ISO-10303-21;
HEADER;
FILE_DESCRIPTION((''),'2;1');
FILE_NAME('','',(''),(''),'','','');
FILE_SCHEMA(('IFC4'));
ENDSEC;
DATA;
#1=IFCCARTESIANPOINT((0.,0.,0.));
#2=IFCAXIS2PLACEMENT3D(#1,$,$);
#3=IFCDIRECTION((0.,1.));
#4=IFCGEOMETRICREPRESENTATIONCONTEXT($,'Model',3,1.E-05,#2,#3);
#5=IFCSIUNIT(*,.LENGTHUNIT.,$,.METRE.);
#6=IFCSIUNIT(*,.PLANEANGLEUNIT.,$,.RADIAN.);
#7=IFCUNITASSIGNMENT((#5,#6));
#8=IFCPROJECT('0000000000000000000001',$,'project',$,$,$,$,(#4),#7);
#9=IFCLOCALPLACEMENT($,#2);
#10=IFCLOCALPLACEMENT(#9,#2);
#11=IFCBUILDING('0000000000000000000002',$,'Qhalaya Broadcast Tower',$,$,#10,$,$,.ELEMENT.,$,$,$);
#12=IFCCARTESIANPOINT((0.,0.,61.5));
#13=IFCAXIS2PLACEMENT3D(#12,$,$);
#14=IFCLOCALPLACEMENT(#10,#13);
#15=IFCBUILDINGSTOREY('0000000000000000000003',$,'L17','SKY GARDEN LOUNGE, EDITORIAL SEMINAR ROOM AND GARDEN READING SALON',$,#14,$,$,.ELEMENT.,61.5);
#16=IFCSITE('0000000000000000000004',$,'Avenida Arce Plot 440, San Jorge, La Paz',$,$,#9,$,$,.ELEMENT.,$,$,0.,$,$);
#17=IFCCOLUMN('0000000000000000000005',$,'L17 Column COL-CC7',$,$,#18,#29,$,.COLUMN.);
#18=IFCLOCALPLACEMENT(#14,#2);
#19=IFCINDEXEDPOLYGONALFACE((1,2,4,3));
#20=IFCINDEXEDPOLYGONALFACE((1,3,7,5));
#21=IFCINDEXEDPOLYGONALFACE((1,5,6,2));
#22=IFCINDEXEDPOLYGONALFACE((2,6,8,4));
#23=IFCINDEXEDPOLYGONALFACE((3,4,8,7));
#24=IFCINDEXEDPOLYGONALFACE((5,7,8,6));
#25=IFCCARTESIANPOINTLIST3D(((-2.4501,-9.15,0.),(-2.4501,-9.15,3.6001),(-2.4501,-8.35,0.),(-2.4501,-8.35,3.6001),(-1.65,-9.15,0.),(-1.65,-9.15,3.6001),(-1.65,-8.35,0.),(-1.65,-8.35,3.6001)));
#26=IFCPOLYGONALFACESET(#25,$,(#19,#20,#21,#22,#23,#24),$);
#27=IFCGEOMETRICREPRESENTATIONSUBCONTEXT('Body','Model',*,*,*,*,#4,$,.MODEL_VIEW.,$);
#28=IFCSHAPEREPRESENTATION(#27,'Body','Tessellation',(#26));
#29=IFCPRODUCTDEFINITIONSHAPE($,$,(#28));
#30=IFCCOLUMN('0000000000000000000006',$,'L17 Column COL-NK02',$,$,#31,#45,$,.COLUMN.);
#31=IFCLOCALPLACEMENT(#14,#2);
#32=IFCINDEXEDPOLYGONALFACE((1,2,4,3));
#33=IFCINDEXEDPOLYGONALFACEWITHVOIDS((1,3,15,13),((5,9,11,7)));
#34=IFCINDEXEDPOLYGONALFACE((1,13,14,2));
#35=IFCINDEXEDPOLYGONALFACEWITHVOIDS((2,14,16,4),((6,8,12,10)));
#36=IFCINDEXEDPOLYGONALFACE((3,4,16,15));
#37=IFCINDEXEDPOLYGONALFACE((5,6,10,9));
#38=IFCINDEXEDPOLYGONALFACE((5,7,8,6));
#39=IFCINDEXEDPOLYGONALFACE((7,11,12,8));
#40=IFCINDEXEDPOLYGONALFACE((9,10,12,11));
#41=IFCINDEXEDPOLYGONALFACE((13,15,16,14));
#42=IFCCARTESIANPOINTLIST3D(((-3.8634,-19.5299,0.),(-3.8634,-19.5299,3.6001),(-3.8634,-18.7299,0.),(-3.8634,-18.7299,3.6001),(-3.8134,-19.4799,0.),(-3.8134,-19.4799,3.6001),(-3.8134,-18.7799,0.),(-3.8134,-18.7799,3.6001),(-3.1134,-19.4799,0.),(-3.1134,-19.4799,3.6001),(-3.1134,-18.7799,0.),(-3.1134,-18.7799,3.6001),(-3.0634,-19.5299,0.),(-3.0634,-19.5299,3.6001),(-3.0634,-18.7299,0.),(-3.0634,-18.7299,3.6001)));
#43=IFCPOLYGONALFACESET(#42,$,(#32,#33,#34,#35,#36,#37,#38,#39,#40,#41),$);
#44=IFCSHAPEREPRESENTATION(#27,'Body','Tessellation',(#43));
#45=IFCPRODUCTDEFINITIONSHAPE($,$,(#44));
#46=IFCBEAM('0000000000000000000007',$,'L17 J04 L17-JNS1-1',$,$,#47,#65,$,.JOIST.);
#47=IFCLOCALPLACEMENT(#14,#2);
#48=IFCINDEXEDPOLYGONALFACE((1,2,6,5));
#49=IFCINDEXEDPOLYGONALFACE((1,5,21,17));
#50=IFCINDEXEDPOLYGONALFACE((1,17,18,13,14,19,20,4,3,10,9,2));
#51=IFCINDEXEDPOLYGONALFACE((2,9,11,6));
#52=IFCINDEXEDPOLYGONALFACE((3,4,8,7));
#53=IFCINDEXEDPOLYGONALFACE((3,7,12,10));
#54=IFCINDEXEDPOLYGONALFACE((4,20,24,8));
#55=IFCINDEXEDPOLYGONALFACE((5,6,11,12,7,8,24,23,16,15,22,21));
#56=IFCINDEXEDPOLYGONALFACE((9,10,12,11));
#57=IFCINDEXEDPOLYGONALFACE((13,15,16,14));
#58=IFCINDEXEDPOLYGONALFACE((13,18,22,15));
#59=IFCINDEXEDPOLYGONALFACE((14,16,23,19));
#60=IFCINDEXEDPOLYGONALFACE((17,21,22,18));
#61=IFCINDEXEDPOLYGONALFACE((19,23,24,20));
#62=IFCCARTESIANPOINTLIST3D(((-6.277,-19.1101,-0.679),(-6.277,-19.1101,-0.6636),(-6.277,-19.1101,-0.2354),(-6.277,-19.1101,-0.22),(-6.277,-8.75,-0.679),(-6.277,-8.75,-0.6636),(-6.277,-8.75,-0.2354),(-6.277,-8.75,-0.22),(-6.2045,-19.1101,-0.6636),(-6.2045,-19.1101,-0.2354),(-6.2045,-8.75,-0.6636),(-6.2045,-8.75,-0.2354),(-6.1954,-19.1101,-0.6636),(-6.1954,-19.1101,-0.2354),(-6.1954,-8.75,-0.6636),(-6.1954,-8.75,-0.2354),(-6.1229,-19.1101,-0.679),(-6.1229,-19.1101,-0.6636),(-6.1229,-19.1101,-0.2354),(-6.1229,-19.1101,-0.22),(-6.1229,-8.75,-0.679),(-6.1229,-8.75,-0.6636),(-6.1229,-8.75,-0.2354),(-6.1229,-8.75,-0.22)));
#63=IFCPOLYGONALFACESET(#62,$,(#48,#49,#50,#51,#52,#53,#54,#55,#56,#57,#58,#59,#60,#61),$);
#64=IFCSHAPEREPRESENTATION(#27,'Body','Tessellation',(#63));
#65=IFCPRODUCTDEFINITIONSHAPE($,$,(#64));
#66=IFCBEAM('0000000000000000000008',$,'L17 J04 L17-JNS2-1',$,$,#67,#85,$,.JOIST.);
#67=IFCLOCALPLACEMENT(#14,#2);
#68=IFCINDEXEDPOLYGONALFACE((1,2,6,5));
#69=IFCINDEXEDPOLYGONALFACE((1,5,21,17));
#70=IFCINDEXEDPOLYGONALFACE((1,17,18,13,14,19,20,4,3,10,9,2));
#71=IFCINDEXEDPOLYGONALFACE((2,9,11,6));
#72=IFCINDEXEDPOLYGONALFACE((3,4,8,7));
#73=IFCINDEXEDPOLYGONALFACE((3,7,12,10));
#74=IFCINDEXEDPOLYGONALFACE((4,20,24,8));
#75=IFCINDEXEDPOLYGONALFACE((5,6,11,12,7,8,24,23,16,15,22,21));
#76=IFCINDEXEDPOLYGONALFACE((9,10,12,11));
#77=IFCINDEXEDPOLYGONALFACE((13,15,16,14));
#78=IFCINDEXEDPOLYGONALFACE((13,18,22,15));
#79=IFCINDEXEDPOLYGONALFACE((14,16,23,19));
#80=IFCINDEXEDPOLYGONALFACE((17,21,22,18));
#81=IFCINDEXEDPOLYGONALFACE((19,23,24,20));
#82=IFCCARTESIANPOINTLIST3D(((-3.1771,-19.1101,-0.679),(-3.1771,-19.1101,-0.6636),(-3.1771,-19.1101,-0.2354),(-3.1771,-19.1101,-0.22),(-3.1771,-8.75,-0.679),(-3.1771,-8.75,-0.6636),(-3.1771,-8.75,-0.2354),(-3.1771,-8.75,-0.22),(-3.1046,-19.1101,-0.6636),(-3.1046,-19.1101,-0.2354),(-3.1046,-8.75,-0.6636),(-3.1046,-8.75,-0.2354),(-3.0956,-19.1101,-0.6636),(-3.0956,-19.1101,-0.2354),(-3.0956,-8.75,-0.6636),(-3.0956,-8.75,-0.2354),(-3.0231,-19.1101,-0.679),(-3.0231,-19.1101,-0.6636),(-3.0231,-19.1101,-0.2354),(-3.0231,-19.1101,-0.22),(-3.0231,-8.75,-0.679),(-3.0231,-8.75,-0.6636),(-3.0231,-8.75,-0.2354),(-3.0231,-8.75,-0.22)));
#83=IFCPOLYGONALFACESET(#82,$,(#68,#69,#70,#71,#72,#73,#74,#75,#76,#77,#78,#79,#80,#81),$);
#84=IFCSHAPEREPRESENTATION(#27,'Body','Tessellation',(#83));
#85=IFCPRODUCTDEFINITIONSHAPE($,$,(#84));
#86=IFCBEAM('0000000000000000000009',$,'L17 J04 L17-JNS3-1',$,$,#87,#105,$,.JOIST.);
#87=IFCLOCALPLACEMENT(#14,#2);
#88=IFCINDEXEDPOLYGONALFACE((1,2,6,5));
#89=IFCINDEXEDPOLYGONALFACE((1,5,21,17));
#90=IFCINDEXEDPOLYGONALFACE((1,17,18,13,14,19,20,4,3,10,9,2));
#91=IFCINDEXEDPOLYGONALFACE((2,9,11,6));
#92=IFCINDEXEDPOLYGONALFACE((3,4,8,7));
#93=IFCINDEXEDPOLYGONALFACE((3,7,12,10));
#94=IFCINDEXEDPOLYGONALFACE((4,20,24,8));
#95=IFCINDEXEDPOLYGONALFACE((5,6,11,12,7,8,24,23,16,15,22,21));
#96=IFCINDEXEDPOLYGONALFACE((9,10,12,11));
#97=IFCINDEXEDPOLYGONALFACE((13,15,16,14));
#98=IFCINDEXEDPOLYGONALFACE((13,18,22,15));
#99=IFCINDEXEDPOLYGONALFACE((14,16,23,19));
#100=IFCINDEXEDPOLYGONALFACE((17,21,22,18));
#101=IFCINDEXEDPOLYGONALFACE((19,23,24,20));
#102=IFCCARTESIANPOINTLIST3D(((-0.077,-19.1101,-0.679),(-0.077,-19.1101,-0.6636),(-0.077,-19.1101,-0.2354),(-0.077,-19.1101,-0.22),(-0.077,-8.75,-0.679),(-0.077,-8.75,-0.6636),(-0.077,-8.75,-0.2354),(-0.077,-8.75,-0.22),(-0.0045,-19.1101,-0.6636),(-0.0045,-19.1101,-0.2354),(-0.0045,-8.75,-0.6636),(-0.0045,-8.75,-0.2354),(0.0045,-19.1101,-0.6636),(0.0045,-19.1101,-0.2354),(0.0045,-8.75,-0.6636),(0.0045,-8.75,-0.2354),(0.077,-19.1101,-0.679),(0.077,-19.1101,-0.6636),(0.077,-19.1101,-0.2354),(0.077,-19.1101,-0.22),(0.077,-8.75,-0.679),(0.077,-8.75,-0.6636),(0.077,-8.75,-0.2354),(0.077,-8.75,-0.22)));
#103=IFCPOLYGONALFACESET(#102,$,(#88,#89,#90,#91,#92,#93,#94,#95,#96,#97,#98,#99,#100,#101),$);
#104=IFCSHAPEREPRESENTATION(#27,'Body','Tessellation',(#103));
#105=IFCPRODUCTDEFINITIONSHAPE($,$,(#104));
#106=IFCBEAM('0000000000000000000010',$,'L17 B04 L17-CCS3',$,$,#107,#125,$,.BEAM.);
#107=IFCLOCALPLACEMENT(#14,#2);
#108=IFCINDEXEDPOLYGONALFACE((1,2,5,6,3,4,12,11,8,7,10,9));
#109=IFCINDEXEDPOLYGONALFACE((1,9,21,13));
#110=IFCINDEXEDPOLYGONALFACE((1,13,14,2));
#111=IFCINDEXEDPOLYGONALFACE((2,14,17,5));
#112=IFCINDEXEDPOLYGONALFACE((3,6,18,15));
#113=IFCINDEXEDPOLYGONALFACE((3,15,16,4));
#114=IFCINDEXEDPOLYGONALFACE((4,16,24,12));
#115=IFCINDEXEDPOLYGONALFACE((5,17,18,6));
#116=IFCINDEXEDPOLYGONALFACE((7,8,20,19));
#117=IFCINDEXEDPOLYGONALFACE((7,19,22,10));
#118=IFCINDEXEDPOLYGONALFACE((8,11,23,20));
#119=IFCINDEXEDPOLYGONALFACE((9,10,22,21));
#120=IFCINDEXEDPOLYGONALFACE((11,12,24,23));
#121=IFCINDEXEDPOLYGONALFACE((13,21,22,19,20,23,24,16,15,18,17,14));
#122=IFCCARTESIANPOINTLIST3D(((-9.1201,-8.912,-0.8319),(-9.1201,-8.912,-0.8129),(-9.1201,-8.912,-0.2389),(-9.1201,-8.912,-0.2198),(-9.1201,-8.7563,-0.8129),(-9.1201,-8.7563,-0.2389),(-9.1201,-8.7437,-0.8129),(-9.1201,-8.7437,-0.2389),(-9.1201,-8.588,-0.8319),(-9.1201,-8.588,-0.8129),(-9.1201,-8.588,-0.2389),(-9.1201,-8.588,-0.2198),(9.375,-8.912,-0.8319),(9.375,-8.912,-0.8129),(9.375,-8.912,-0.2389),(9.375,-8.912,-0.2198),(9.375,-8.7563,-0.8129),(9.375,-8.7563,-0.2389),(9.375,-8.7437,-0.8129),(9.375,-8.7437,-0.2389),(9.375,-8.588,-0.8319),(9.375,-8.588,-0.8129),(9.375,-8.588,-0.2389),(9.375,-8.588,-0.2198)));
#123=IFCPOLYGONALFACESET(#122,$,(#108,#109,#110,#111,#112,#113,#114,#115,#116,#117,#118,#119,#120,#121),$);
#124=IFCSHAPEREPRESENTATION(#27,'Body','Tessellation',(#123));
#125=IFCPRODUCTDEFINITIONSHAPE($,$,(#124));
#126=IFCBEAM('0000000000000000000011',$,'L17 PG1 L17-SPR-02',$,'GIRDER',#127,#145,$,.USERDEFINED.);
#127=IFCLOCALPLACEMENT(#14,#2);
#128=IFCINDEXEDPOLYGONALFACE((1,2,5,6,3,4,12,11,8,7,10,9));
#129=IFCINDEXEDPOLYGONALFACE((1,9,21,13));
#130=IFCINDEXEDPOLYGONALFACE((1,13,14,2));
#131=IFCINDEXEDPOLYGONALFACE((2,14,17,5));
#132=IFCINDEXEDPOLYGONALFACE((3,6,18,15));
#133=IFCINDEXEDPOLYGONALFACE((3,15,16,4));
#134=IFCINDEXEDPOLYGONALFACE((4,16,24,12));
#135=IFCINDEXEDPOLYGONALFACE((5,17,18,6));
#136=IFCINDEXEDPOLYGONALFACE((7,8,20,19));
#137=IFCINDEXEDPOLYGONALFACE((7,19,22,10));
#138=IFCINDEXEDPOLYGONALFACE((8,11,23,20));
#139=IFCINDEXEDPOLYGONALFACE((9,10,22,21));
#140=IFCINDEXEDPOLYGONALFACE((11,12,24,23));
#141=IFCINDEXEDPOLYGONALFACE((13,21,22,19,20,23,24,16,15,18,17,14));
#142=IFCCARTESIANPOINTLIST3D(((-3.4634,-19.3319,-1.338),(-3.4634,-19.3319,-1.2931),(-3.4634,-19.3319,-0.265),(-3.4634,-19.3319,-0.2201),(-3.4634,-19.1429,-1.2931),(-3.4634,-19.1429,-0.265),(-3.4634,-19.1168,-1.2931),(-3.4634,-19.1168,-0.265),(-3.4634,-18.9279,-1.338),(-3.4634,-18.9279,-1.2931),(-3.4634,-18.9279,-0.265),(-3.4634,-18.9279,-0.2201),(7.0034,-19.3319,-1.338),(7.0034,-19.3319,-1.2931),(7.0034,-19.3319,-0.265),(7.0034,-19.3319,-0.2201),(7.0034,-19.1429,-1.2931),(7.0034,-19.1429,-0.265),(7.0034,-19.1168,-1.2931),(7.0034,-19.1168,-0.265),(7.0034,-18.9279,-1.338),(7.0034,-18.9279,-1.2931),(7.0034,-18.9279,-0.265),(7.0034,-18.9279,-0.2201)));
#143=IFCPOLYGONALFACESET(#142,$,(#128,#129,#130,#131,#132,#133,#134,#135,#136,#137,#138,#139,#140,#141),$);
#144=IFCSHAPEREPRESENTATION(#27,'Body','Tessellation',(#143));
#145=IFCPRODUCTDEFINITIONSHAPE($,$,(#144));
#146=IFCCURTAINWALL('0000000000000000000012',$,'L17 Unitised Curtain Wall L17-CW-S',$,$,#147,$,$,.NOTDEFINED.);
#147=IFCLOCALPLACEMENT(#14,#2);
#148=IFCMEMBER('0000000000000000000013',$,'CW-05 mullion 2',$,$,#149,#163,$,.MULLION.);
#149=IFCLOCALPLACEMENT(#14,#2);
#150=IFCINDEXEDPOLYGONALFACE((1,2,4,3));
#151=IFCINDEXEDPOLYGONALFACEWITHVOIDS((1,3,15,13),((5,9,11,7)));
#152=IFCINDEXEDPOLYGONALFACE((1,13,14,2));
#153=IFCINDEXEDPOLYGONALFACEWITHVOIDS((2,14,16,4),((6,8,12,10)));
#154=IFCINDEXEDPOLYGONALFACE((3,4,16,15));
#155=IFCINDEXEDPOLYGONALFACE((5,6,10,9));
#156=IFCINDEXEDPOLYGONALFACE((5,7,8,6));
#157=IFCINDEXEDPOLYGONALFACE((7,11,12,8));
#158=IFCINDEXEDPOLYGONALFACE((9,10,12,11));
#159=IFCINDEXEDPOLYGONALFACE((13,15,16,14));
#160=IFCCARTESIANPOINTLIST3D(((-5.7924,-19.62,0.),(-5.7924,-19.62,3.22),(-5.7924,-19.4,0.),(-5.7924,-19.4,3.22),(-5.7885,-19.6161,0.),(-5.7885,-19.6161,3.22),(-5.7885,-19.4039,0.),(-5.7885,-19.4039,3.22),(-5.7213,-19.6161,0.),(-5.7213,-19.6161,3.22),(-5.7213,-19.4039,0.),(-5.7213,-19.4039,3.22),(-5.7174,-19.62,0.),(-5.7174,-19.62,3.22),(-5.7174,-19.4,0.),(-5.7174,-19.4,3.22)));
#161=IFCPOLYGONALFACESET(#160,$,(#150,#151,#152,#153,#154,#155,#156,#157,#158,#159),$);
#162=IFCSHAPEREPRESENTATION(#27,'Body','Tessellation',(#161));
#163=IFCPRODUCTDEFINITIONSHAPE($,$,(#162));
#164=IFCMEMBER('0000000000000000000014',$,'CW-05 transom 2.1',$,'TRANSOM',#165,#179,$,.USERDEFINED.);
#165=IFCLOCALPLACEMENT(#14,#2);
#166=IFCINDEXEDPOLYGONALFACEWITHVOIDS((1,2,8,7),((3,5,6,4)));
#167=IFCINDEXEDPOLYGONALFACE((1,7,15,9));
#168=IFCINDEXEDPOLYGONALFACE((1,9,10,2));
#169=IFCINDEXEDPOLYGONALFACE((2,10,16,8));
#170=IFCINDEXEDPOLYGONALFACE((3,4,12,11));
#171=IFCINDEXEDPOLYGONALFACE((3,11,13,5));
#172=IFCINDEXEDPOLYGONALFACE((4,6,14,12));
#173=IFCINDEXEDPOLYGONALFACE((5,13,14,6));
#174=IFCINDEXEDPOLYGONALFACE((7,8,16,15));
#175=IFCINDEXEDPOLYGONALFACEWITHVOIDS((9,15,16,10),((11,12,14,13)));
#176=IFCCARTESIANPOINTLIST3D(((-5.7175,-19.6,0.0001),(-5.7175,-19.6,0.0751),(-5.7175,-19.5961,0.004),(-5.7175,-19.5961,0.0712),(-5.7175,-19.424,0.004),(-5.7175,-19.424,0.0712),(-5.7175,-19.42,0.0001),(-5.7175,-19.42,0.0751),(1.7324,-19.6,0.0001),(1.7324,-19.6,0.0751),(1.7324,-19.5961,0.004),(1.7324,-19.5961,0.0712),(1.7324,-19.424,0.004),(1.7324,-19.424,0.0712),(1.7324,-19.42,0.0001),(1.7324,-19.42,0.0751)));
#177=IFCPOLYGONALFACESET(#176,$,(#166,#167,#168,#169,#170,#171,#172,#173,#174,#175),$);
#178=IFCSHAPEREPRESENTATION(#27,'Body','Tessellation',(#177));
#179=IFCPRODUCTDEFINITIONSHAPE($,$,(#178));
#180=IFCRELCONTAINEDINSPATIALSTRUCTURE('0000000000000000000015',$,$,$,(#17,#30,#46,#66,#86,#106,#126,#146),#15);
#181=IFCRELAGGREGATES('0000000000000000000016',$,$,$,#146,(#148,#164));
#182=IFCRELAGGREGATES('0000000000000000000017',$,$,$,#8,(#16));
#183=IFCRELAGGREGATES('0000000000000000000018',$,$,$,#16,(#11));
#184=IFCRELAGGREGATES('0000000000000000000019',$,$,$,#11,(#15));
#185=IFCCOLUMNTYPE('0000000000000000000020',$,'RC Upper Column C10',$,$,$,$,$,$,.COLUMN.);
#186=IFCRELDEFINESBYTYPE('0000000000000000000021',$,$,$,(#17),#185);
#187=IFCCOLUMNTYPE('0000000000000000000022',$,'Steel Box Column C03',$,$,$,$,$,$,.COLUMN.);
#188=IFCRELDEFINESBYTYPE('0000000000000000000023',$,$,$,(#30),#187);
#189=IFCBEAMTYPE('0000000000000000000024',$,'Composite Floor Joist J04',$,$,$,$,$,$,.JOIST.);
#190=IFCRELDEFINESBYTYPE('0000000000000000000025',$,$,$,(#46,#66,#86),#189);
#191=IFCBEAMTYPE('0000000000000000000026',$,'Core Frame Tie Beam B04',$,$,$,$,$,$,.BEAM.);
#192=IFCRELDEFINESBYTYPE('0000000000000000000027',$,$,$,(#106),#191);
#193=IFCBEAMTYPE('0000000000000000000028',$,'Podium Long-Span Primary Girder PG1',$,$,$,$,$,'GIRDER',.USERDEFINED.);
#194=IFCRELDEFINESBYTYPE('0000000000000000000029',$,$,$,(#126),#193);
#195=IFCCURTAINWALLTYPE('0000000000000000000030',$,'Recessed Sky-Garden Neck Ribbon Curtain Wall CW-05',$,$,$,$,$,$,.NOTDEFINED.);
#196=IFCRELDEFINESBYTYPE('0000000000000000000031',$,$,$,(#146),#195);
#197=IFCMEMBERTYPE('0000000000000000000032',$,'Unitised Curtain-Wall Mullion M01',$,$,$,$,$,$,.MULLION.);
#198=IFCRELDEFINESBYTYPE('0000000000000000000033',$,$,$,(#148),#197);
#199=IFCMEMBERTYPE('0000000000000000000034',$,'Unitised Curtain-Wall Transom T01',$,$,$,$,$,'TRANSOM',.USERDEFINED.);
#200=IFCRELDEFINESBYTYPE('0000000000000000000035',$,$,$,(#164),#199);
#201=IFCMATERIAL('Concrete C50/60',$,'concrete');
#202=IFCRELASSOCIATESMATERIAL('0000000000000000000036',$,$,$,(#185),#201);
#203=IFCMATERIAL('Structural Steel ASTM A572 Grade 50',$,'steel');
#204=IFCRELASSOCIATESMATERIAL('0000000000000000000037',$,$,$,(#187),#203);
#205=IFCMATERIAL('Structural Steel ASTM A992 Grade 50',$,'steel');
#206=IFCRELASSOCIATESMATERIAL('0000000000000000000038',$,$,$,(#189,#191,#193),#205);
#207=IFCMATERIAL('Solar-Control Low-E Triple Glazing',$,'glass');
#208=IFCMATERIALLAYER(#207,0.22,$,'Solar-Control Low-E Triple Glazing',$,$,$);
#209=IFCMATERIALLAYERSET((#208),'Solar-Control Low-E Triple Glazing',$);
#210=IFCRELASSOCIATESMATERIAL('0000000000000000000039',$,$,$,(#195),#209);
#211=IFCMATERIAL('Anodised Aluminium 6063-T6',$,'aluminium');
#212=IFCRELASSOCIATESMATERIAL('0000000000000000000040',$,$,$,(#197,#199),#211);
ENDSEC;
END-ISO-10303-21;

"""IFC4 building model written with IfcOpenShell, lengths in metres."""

from ifc_helpers import new_model, si_unit, direction, frame, origin, origin_2d, place, context, subcontext, project, spatial, rectangle, hollow_rectangle, i_section, extrude, material, layer, layer_set, material_profile, profile_set, type_object, element, aggregate, save


model = new_model("IFC4")

# Units and contexts
model_context = context("Model", 3, precision=1e-05, world=origin(), true_north=direction((0.0, 1.0)))
body_context = subcontext(model_context, "Body", "Model", "MODEL_VIEW")
ifc_project = project(units=[si_unit("LENGTHUNIT", "METRE"), si_unit("PLANEANGLEUNIT", "RADIAN")], contexts=[model_context])

# Site, building, storey
site_placement = place(None, origin())
site = spatial("IfcSite", under=ifc_project, at=site_placement, Name="Avenida Arce Plot 440, San Jorge, La Paz", CompositionType="ELEMENT", RefElevation=0.0)
building_placement = place(site_placement, origin())
building = spatial("IfcBuilding", under=site, at=building_placement, Name="Qhalaya Broadcast Tower", CompositionType="ELEMENT")
storey_placement = place(building_placement, frame((0.0, 0.0, 61.5)))
storey = spatial("IfcBuildingStorey", under=building, at=storey_placement, Name="L17", Description="SKY GARDEN LOUNGE, EDITORIAL SEMINAR ROOM AND GARDEN READING SALON", CompositionType="ELEMENT", Elevation=61.5)

# Columns
ifc_material_1 = material(Name="Concrete C50/60", Category="concrete")
ifc_material_profile_1 = material_profile(ifc_material_1, rectangle(XDim=0.8, YDim=0.8, at=origin_2d()), Name="RC-COL 800x800")
ifc_profile_set_1 = profile_set([ifc_material_profile_1], Name="Concrete C50/60")
column_type_1 = type_object("IfcColumnType", Name="RC Upper Column C10", PredefinedType="COLUMN", material=ifc_profile_set_1)
column_1_placement = place(storey_placement, frame((-2.05, -8.75, 0.0), z_axis=(0.0, 0.0, 1.0), x_axis=(1.0, 0.0, 0.0)))
element("IfcColumn", 1, at=column_1_placement, inside=storey, type_object=column_type_1, Name="L17 Column COL-CC7", PredefinedType="COLUMN", context=body_context, shape_type="SweptSolid", body=[
    extrude(rectangle(XDim=0.8, YDim=0.8, at=origin_2d()), origin(), (0.0, 0.0, 1.0), 3.6001),
])
ifc_material_2 = material(Name="Structural Steel ASTM A572 Grade 50", Category="steel")
ifc_material_profile_2 = material_profile(ifc_material_2, hollow_rectangle(XDim=0.8, YDim=0.8, WallThickness=0.05, at=origin_2d()), Name="BOX 800x800x50")
ifc_profile_set_2 = profile_set([ifc_material_profile_2], Name="Structural Steel ASTM A572 Grade 50")
column_type_2 = type_object("IfcColumnType", Name="Steel Box Column C03", PredefinedType="COLUMN", material=ifc_profile_set_2)
column_2_placement = place(storey_placement, frame((-3.4634, -19.1299, 0.0), z_axis=(0.0, 0.0, 1.0), x_axis=(1.0, 0.0, 0.0)))
element("IfcColumn", 2, at=column_2_placement, inside=storey, type_object=column_type_2, Name="L17 Column COL-NK02", PredefinedType="COLUMN", context=body_context, shape_type="SweptSolid", body=[
    extrude(hollow_rectangle(XDim=0.8, YDim=0.8, WallThickness=0.05, at=origin_2d()), origin(), (0.0, 0.0, 1.0), 3.6001),
])

# Beams
ifc_material_3 = material(Name="Structural Steel ASTM A992 Grade 50", Category="steel")
ifc_material_profile_3 = material_profile(ifc_material_3, i_section(OverallWidth=0.1541, OverallDepth=0.459, WebThickness=0.009, FlangeThickness=0.0154, at=origin_2d()), Name="W18X46")
ifc_profile_set_3 = profile_set([ifc_material_profile_3], Name="Structural Steel ASTM A992 Grade 50")
beam_type_1 = type_object("IfcBeamType", Name="Composite Floor Joist J04", PredefinedType="JOIST", material=ifc_profile_set_3)
for number, where, z_axis, x_axis, name in (
    (3, (-6.2, -19.1101, -0.4495), (0.0, 1.0, 0.0), (-1.0, 0.0, 0.0), "L17 J04 L17-JNS1-1"),
    (4, (-3.1001, -19.1101, -0.4495), (0.0, 1.0, 0.0), (-1.0, 0.0, 0.0), "L17 J04 L17-JNS2-1"),
    (5, (0.0, -19.1101, -0.4495), (0.0, 1.0, 0.0), (-1.0, 0.0, 0.0), "L17 J04 L17-JNS3-1"),
):
    element("IfcBeam", number, at=place(storey_placement, frame(where, z_axis=z_axis, x_axis=x_axis)), inside=storey, type_object=beam_type_1, Name=name, PredefinedType="JOIST", context=body_context, shape_type="SweptSolid", body=[
        extrude(i_section(OverallWidth=0.1541, OverallDepth=0.459, WebThickness=0.009, FlangeThickness=0.0154, at=origin_2d()), origin(), (0.0, 0.0, 1.0), 10.3601),
    ])
ifc_material_profile_4 = material_profile(ifc_material_3, i_section(OverallWidth=0.324, OverallDepth=0.6121, WebThickness=0.0127, FlangeThickness=0.019, at=origin_2d()), Name="W24X104")
ifc_profile_set_4 = profile_set([ifc_material_profile_4], Name="Structural Steel ASTM A992 Grade 50")
beam_type_2 = type_object("IfcBeamType", Name="Core Frame Tie Beam B04", PredefinedType="BEAM", material=ifc_profile_set_4)
beam_1_placement = place(storey_placement, frame((-9.1201, -8.75, -0.5259), z_axis=(1.0, 0.0, 0.0), x_axis=(0.0, 1.0, 0.0)))
element("IfcBeam", 6, at=beam_1_placement, inside=storey, type_object=beam_type_2, Name="L17 B04 L17-CCS3", PredefinedType="BEAM", context=body_context, shape_type="SweptSolid", body=[
    extrude(i_section(OverallWidth=0.324, OverallDepth=0.6121, WebThickness=0.0127, FlangeThickness=0.019, at=origin_2d()), origin(), (0.0, 0.0, 1.0), 18.4951),
])
ifc_material_profile_5 = material_profile(ifc_material_3, i_section(OverallWidth=0.4041, OverallDepth=1.1179, WebThickness=0.0261, FlangeThickness=0.0449, at=origin_2d()), Name="W44X335")
ifc_profile_set_5 = profile_set([ifc_material_profile_5], Name="Structural Steel ASTM A992 Grade 50")
beam_type_3 = type_object("IfcBeamType", Name="Podium Long-Span Primary Girder PG1", ElementType="GIRDER", PredefinedType="USERDEFINED", material=ifc_profile_set_5)
beam_2_placement = place(storey_placement, frame((-3.4634, -19.1299, -0.7791), z_axis=(1.0, 0.0, 0.0), x_axis=(0.0, 1.0, 0.0)))
element("IfcBeam", 7, at=beam_2_placement, inside=storey, type_object=beam_type_3, Name="L17 PG1 L17-SPR-02", ObjectType="GIRDER", PredefinedType="USERDEFINED", context=body_context, shape_type="SweptSolid", body=[
    extrude(i_section(OverallWidth=0.4041, OverallDepth=1.1179, WebThickness=0.0261, FlangeThickness=0.0449, at=origin_2d()), origin(), (0.0, 0.0, 1.0), 10.4668),
])

# Curtain wall, members
ifc_material_4 = material(Name="Solar-Control Low-E Triple Glazing", Category="glass")
ifc_layer_1 = layer(ifc_material_4, 0.22, Name="Solar-Control Low-E Triple Glazing")
ifc_layer_set_1 = layer_set([ifc_layer_1], Name="Solar-Control Low-E Triple Glazing")
curtain_wall_type = type_object("IfcCurtainWallType", Name="Recessed Sky-Garden Neck Ribbon Curtain Wall CW-05", PredefinedType="NOTDEFINED", material=ifc_layer_set_1)
curtain_wall_placement = place(storey_placement, origin())
curtain_wall = element("IfcCurtainWall", 8, at=curtain_wall_placement, inside=storey, type_object=curtain_wall_type, Name="L17 Unitised Curtain Wall L17-CW-S", PredefinedType="NOTDEFINED")
ifc_material_5 = material(Name="Anodised Aluminium 6063-T6", Category="aluminium")
ifc_material_profile_6 = material_profile(ifc_material_5, hollow_rectangle(XDim=0.075, YDim=0.22, WallThickness=0.0039, at=origin_2d()), Name="ALU-MUL 75x220x4")
ifc_profile_set_6 = profile_set([ifc_material_profile_6], Name="Anodised Aluminium 6063-T6")
member_type_1 = type_object("IfcMemberType", Name="Unitised Curtain-Wall Mullion M01", PredefinedType="MULLION", material=ifc_profile_set_6)
member_1_placement = place(storey_placement, frame((-5.7549, -19.51, 0.0), z_axis=(0.0, 0.0, 1.0), x_axis=(1.0, 0.0, 0.0)))
member_1 = element("IfcMember", 9, at=member_1_placement, type_object=member_type_1, Name="CW-05 mullion 2", PredefinedType="MULLION", context=body_context, shape_type="SweptSolid", body=[
    extrude(hollow_rectangle(XDim=0.075, YDim=0.22, WallThickness=0.0039, at=origin_2d()), origin(), (0.0, 0.0, 1.0), 3.22),
])
ifc_material_profile_7 = material_profile(ifc_material_5, hollow_rectangle(XDim=0.075, YDim=0.1799, WallThickness=0.0039, at=origin_2d()), Name="ALU-TRN 75x180x4")
ifc_profile_set_7 = profile_set([ifc_material_profile_7], Name="Anodised Aluminium 6063-T6")
member_type_2 = type_object("IfcMemberType", Name="Unitised Curtain-Wall Transom T01", ElementType="TRANSOM", PredefinedType="USERDEFINED", material=ifc_profile_set_7)
member_2_placement = place(storey_placement, frame((-5.7175, -19.51, 0.0376), z_axis=(1.0, 0.0, 0.0), x_axis=(0.0, 0.0, 1.0)))
member_2 = element("IfcMember", 10, at=member_2_placement, type_object=member_type_2, Name="CW-05 transom 2.1", ObjectType="TRANSOM", PredefinedType="USERDEFINED", context=body_context, shape_type="SweptSolid", body=[
    extrude(hollow_rectangle(XDim=0.075, YDim=0.1799, WallThickness=0.0039, at=origin_2d()), origin(), (0.0, 0.0, 1.0), 7.45),
])

aggregate(curtain_wall, [member_1, member_2])

save(model, "model.ifc")
